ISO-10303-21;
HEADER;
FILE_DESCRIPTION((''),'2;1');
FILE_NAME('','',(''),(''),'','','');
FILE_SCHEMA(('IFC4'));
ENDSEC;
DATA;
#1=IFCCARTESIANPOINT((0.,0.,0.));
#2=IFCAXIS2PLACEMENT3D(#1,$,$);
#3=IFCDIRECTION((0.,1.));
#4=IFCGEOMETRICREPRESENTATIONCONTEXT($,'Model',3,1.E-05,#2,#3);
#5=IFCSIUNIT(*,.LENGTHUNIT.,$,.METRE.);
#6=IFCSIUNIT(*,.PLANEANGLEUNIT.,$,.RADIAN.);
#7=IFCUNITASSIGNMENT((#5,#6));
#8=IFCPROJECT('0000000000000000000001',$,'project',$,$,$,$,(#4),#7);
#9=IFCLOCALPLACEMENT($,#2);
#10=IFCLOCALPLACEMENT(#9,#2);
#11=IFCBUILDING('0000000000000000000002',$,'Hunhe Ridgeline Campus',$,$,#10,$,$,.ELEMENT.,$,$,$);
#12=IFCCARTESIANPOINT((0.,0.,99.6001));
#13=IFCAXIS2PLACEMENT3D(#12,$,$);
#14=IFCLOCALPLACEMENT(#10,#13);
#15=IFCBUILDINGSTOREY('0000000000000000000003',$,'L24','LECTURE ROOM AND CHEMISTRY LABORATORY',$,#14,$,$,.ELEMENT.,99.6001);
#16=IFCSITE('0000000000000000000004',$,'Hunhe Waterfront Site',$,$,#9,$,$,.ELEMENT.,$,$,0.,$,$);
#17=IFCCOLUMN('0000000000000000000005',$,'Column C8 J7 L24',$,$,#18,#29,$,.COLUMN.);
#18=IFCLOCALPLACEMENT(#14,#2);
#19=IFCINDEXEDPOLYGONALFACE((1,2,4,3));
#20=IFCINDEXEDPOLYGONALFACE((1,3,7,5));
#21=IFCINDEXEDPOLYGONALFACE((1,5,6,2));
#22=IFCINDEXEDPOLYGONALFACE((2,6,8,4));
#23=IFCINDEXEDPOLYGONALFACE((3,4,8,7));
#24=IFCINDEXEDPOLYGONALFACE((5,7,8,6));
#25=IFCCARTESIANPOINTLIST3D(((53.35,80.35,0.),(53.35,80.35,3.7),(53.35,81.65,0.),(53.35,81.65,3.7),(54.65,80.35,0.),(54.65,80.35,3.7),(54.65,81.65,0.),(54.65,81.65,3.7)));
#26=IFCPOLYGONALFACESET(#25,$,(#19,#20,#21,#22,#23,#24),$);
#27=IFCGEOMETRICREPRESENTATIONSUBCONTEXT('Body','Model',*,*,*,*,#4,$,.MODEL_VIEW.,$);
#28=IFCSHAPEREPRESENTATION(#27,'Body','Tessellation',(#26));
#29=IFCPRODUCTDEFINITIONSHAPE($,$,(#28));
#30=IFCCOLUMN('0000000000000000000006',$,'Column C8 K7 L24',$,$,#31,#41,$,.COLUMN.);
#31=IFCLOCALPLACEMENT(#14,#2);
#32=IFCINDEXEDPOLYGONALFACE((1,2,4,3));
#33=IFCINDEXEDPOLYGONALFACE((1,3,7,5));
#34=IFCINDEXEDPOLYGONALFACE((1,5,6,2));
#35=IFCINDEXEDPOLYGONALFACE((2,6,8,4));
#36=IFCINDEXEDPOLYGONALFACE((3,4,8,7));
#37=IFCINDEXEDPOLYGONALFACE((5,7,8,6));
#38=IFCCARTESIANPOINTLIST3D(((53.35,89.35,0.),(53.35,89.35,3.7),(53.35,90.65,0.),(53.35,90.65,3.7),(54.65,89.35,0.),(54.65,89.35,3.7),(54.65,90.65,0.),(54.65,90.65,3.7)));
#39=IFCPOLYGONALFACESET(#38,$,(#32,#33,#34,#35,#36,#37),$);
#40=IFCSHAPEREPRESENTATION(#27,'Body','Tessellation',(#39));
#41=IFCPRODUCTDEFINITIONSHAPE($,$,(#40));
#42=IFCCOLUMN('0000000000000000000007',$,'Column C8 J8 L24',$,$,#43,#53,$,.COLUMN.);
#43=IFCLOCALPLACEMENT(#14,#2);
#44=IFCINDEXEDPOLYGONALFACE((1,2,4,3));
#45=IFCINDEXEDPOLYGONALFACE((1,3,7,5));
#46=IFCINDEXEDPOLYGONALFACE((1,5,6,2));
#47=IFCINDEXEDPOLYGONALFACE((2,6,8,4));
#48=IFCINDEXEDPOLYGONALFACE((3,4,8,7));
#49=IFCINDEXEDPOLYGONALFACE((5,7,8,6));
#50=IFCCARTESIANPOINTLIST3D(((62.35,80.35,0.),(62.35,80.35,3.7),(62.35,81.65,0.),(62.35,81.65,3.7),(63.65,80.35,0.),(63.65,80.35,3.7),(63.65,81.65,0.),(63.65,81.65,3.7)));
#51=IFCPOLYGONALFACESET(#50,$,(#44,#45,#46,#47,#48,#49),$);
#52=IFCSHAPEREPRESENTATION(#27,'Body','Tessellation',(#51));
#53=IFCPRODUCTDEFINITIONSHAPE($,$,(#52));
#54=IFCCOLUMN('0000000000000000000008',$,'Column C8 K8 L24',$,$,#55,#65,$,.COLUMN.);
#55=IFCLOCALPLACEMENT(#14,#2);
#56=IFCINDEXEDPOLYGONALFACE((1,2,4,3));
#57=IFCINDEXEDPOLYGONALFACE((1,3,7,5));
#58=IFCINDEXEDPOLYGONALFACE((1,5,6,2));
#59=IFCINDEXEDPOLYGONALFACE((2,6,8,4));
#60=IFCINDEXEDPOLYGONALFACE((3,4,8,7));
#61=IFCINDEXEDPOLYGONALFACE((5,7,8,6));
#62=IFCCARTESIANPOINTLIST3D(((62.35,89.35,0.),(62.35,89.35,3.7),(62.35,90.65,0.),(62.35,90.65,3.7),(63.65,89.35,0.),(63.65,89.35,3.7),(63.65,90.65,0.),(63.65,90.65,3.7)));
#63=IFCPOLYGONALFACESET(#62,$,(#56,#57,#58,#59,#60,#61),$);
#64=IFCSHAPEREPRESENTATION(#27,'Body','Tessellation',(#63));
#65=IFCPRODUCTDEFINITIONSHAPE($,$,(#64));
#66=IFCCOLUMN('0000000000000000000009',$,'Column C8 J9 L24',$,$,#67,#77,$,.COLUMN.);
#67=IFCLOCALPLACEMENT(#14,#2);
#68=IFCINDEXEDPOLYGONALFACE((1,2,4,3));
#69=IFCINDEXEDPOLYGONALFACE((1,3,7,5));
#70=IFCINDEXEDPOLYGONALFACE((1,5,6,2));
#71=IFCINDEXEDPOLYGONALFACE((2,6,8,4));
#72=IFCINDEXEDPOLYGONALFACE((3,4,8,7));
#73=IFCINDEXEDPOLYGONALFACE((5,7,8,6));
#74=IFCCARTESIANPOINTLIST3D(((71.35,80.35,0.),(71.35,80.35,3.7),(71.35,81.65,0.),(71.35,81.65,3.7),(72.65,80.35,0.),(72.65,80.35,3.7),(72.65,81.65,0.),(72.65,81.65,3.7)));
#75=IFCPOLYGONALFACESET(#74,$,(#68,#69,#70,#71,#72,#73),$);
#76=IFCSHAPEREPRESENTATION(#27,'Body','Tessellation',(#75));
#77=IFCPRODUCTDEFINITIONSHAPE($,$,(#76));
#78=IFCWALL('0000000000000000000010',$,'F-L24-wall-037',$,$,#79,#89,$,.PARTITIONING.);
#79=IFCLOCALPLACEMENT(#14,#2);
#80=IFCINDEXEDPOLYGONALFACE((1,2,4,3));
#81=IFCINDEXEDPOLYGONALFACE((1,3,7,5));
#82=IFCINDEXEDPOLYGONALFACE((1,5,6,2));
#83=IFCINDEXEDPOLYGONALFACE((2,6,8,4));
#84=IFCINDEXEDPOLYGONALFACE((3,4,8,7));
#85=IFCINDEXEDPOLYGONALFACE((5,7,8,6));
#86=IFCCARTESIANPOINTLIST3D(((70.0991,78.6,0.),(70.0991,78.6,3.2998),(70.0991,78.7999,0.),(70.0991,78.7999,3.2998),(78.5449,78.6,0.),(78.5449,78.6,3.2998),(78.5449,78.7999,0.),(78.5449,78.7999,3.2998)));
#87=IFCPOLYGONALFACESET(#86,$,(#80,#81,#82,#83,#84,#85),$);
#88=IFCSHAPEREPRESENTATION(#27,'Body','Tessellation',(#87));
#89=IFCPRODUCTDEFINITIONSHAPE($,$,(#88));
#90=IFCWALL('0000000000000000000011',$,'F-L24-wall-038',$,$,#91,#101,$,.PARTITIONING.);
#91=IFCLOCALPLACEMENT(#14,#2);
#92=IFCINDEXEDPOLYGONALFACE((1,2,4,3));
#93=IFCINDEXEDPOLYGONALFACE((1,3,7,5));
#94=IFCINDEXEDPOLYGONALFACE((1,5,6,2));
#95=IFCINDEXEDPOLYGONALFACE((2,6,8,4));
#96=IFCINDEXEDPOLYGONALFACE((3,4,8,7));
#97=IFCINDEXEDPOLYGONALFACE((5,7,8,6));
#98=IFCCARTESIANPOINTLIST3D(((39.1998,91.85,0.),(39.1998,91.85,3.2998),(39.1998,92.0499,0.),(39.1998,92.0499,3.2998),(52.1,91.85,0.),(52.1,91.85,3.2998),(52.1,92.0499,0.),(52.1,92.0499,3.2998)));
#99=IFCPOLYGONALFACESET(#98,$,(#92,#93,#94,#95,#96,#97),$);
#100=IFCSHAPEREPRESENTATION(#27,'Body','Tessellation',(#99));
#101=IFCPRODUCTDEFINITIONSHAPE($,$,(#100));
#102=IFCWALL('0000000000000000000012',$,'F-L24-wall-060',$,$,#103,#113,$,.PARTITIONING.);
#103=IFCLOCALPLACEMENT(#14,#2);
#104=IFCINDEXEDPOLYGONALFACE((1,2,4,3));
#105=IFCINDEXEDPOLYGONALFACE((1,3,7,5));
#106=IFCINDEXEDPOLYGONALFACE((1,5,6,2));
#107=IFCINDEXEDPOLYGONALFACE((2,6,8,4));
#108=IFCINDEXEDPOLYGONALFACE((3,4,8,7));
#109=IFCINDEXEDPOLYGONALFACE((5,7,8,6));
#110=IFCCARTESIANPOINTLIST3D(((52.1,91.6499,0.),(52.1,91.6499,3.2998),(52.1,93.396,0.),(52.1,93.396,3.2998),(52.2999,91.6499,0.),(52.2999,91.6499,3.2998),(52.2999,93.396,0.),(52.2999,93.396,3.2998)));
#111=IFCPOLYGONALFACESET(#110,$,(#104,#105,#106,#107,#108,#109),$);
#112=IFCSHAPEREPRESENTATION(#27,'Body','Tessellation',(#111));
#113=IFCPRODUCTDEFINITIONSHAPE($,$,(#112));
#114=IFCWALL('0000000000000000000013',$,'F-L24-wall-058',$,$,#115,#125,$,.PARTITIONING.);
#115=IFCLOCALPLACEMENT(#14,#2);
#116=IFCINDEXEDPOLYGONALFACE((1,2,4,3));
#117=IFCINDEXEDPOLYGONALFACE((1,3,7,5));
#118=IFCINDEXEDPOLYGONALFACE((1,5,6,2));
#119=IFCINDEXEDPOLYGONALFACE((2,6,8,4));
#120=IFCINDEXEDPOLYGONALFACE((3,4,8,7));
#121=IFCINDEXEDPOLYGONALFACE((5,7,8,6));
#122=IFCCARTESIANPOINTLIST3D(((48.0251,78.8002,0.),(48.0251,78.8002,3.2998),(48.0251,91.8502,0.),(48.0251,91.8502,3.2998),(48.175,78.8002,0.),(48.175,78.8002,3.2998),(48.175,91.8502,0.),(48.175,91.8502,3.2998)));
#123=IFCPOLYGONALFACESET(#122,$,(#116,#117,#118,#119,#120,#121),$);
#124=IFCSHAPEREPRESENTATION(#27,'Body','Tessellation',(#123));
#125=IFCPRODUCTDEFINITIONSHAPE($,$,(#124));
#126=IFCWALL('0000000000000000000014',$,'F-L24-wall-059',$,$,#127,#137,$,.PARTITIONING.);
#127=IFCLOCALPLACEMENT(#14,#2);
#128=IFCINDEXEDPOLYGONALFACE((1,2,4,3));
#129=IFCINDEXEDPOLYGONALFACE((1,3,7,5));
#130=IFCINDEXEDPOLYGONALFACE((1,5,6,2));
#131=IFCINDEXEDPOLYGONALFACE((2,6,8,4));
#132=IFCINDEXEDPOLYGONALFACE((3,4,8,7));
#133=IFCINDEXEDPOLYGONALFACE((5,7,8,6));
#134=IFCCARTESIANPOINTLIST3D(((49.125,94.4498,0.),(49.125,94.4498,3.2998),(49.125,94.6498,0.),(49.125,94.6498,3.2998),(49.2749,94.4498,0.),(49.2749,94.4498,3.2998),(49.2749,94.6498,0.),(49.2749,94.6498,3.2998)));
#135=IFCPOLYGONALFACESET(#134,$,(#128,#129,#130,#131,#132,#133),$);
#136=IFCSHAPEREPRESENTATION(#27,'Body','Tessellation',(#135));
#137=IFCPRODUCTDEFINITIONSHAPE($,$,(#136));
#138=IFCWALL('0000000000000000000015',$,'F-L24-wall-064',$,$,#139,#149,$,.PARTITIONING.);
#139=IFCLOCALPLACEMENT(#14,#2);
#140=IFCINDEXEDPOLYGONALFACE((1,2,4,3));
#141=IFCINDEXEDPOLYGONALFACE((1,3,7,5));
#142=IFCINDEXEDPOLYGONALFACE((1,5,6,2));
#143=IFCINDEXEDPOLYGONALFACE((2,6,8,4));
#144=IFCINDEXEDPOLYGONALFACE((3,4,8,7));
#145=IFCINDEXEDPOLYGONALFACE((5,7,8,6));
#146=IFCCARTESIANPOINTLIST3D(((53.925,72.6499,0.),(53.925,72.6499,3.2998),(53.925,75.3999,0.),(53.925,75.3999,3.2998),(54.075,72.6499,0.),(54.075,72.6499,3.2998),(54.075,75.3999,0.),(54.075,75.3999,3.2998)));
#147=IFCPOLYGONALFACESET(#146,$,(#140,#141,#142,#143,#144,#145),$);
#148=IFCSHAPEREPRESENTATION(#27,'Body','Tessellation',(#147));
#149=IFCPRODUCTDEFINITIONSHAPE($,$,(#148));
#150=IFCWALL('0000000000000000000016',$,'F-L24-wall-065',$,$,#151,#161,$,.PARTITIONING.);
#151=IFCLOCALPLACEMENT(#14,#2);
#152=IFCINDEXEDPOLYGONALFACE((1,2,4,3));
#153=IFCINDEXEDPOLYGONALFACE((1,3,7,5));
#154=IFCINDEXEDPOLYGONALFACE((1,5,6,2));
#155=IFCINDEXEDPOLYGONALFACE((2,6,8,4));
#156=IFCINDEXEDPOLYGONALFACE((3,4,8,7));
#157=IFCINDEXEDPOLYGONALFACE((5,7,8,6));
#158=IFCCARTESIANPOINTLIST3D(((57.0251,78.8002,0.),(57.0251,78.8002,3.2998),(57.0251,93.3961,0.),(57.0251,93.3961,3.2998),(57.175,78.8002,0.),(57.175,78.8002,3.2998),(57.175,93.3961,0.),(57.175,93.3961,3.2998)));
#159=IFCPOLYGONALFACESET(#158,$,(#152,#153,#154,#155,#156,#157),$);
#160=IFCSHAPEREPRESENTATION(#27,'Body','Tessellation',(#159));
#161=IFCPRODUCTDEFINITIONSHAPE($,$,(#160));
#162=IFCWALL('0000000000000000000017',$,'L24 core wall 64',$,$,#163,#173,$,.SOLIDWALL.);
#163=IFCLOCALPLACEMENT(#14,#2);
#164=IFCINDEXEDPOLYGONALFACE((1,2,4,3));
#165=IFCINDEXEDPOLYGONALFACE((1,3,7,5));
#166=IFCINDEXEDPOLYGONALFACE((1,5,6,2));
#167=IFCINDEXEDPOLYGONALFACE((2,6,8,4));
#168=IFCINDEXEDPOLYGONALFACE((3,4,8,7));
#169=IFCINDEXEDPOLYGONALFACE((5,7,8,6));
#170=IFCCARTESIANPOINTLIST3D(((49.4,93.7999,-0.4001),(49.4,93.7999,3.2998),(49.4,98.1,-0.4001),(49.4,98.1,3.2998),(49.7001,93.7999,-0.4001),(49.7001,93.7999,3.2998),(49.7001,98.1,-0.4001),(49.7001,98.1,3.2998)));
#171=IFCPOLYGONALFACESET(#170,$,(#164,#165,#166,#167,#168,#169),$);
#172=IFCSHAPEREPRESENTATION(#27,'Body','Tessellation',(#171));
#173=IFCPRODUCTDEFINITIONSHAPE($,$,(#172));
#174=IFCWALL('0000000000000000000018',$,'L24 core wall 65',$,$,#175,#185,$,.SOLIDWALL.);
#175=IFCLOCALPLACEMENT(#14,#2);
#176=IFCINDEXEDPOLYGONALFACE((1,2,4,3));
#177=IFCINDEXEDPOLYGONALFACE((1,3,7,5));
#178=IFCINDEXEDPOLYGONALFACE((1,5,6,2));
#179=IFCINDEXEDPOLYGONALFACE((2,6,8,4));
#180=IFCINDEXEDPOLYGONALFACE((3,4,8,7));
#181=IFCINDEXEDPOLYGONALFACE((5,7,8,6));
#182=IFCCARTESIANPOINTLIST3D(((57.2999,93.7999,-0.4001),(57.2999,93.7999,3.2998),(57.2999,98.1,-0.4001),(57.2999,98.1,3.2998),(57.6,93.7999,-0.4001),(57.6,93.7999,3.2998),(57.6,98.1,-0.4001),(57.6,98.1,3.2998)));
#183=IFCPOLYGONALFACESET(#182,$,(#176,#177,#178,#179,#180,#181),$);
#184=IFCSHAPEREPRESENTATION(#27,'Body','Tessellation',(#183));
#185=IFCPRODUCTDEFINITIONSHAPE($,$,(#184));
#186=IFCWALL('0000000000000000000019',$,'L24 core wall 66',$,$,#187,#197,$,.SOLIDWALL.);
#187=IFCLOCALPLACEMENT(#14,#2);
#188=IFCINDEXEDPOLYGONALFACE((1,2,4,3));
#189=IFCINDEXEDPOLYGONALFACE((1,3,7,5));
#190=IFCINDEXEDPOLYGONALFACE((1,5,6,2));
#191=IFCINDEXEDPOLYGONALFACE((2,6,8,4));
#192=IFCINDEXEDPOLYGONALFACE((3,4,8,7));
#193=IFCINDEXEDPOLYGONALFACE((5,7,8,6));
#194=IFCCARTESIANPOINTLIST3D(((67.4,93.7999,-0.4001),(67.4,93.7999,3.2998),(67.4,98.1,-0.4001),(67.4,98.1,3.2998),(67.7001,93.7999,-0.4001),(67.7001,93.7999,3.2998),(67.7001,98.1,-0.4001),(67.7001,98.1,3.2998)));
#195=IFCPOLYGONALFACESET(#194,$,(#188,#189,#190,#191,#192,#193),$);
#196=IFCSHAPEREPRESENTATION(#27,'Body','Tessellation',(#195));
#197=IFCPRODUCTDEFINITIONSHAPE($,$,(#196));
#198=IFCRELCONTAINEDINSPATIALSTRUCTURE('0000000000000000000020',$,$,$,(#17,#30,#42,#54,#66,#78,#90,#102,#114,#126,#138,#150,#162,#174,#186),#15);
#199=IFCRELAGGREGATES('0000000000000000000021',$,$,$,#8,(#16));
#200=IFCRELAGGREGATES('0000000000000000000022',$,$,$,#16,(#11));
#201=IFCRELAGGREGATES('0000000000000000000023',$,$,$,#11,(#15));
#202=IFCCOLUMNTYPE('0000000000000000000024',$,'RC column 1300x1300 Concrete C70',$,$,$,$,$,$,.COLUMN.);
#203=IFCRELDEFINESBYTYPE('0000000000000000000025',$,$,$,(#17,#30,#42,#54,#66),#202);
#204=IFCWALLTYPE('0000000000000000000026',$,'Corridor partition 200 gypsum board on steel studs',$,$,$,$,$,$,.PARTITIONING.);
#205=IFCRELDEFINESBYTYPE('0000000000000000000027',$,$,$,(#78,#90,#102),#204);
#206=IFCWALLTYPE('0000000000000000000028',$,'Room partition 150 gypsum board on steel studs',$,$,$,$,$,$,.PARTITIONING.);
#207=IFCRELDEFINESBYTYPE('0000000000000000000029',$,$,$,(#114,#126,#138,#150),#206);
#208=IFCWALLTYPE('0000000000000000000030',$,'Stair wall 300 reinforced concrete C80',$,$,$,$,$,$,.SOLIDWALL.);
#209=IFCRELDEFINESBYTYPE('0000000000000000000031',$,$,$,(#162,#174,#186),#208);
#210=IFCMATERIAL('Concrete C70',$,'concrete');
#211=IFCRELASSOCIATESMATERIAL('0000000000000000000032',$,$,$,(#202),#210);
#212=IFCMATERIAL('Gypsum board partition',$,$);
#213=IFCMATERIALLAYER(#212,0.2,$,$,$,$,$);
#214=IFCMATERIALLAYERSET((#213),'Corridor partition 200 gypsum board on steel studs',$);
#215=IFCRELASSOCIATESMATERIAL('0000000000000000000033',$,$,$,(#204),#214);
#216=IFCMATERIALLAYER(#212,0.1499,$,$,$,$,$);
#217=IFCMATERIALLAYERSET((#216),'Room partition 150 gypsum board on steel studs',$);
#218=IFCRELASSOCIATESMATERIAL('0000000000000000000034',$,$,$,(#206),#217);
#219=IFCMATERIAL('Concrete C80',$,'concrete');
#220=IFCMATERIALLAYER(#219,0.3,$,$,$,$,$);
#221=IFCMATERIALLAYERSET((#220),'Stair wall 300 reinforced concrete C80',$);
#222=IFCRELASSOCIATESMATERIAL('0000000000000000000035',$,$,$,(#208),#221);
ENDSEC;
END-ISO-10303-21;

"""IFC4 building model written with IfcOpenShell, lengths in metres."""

from ifc_helpers import new_model, si_unit, direction, frame, frame_2d, origin, origin_2d, place, context, subcontext, project, spatial, rectangle, extrude, material, layer, layer_set, material_profile, profile_set, type_object, element, save


model = new_model("IFC4")

# Units and contexts
model_context = context("Model", 3, precision=1e-05, world=origin(), true_north=direction((0.0, 1.0)))
body_context = subcontext(model_context, "Body", "Model", "MODEL_VIEW")
ifc_project = project(units=[si_unit("LENGTHUNIT", "METRE"), si_unit("PLANEANGLEUNIT", "RADIAN")], contexts=[model_context])

# Site, building, storey
site_placement = place(None, origin())
site = spatial("IfcSite", under=ifc_project, at=site_placement, Name="Hunhe Waterfront Site", CompositionType="ELEMENT", RefElevation=0.0)
building_placement = place(site_placement, origin())
building = spatial("IfcBuilding", under=site, at=building_placement, Name="Hunhe Ridgeline Campus", CompositionType="ELEMENT")
storey_placement = place(building_placement, frame((0.0, 0.0, 99.6001)))
storey = spatial("IfcBuildingStorey", under=building, at=storey_placement, Name="L24", Description="LECTURE ROOM AND CHEMISTRY LABORATORY", CompositionType="ELEMENT", Elevation=99.6001)

# Columns
ifc_material_1 = material(Name="Concrete C70", Category="concrete")
ifc_material_profile = material_profile(ifc_material_1, rectangle(XDim=1.3, YDim=1.3, at=origin_2d()))
ifc_profile_set = profile_set([ifc_material_profile], Name="Concrete C70")
column_type = type_object("IfcColumnType", Name="RC column 1300x1300 Concrete C70", PredefinedType="COLUMN", material=ifc_profile_set)
for number, where, z_axis, x_axis, name in (
    (1, (54.0, 81.0, 0.0), (0.0, 0.0, 1.0), (1.0, 0.0, 0.0), "Column C8 J7 L24"),
    (2, (54.0, 90.0, 0.0), (0.0, 0.0, 1.0), (1.0, 0.0, 0.0), "Column C8 K7 L24"),
    (3, (63.0, 81.0, 0.0), (0.0, 0.0, 1.0), (1.0, 0.0, 0.0), "Column C8 J8 L24"),
    (4, (63.0, 90.0, 0.0), (0.0, 0.0, 1.0), (1.0, 0.0, 0.0), "Column C8 K8 L24"),
    (5, (72.0, 81.0, 0.0), (0.0, 0.0, 1.0), (1.0, 0.0, 0.0), "Column C8 J9 L24"),
):
    element("IfcColumn", number, at=place(storey_placement, frame(where, z_axis=z_axis, x_axis=x_axis)), inside=storey, type_object=column_type, Name=name, PredefinedType="COLUMN", context=body_context, shape_type="SweptSolid", body=[
        extrude(rectangle(XDim=1.3, YDim=1.3, at=origin_2d()), origin(), (0.0, 0.0, 1.0), 3.7),
    ])

# Walls
ifc_material_2 = material(Name="Gypsum board partition")
ifc_layer_1 = layer(ifc_material_2, 0.2)
ifc_layer_set_1 = layer_set([ifc_layer_1], Name="Corridor partition 200 gypsum board on steel studs")
wall_type_1 = type_object("IfcWallType", Name="Corridor partition 200 gypsum board on steel studs", PredefinedType="PARTITIONING", material=ifc_layer_set_1)
wall_1_placement = place(storey_placement, frame((70.0991, 78.7, 0.0), z_axis=(0.0, 0.0, 1.0), x_axis=(1.0, 0.0, 0.0)))
element("IfcWall", 6, at=wall_1_placement, inside=storey, type_object=wall_type_1, Name="F-L24-wall-037", PredefinedType="PARTITIONING", context=body_context, shape_type="SweptSolid", body=[
    extrude(rectangle(XDim=8.4458, YDim=0.2, at=frame_2d((4.2229, 0.0))), origin(), (0.0, 0.0, 1.0), 3.2998),
])
wall_2_placement = place(storey_placement, frame((52.1001, 91.95, 0.0), z_axis=(0.0, 0.0, 1.0), x_axis=(-1.0, 0.0, 0.0)))
element("IfcWall", 7, at=wall_2_placement, inside=storey, type_object=wall_type_1, Name="F-L24-wall-038", PredefinedType="PARTITIONING", context=body_context, shape_type="SweptSolid", body=[
    extrude(rectangle(XDim=12.9001, YDim=0.2, at=frame_2d((6.4502, 0.0))), origin(), (0.0, 0.0, 1.0), 3.2998),
])
wall_3_placement = place(storey_placement, frame((52.2, 93.396, 0.0), z_axis=(0.0, 0.0, 1.0), x_axis=(0.0, -1.0, 0.0)))
element("IfcWall", 8, at=wall_3_placement, inside=storey, type_object=wall_type_1, Name="F-L24-wall-060", PredefinedType="PARTITIONING", context=body_context, shape_type="SweptSolid", body=[
    extrude(rectangle(XDim=1.7461, YDim=0.2, at=frame_2d((0.873, 0.0))), origin(), (0.0, 0.0, 1.0), 3.2998),
])

# Walls
ifc_layer_2 = layer(ifc_material_2, 0.1499)
ifc_layer_set_2 = layer_set([ifc_layer_2], Name="Room partition 150 gypsum board on steel studs")
wall_type_2 = type_object("IfcWallType", Name="Room partition 150 gypsum board on steel studs", PredefinedType="PARTITIONING", material=ifc_layer_set_2)
wall_4_placement = place(storey_placement, frame((48.1001, 91.8501, 0.0), z_axis=(0.0, 0.0, 1.0), x_axis=(0.0, -1.0, 0.0)))
element("IfcWall", 9, at=wall_4_placement, inside=storey, type_object=wall_type_2, Name="F-L24-wall-058", PredefinedType="PARTITIONING", context=body_context, shape_type="SweptSolid", body=[
    extrude(rectangle(XDim=13.05, YDim=0.1499, at=frame_2d((6.5249, 0.0))), origin(), (0.0, 0.0, 1.0), 3.2998),
])
wall_5_placement = place(storey_placement, frame((49.2, 94.6499, 0.0), z_axis=(0.0, 0.0, 1.0), x_axis=(0.0, -1.0, 0.0)))
element("IfcWall", 10, at=wall_5_placement, inside=storey, type_object=wall_type_2, Name="F-L24-wall-059", PredefinedType="PARTITIONING", context=body_context, shape_type="SweptSolid", body=[
    extrude(rectangle(XDim=0.2, YDim=0.1499, at=frame_2d((0.1001, 0.0))), origin(), (0.0, 0.0, 1.0), 3.2998),
])
wall_6_placement = place(storey_placement, frame((54.0, 75.3999, 0.0), z_axis=(0.0, 0.0, 1.0), x_axis=(0.0, -1.0, 0.0)))
element("IfcWall", 11, at=wall_6_placement, inside=storey, type_object=wall_type_2, Name="F-L24-wall-064", PredefinedType="PARTITIONING", context=body_context, shape_type="SweptSolid", body=[
    extrude(rectangle(XDim=2.75, YDim=0.1499, at=frame_2d((1.375, 0.0))), origin(), (0.0, 0.0, 1.0), 3.2998),
])
wall_7_placement = place(storey_placement, frame((57.1001, 93.396, 0.0), z_axis=(0.0, 0.0, 1.0), x_axis=(0.0, -1.0, 0.0)))
element("IfcWall", 12, at=wall_7_placement, inside=storey, type_object=wall_type_2, Name="F-L24-wall-065", PredefinedType="PARTITIONING", context=body_context, shape_type="SweptSolid", body=[
    extrude(rectangle(XDim=14.5959, YDim=0.1499, at=frame_2d((7.2979, 0.0))), origin(), (0.0, 0.0, 1.0), 3.2998),
])

# Shared definitions
ifc_material_3 = material(Name="Concrete C80", Category="concrete")
ifc_layer_3 = layer(ifc_material_3, 0.3)
ifc_layer_set_3 = layer_set([ifc_layer_3], Name="Stair wall 300 reinforced concrete C80")
wall_type_3 = type_object("IfcWallType", Name="Stair wall 300 reinforced concrete C80", PredefinedType="SOLIDWALL", material=ifc_layer_set_3)

# Walls
for number, where, z_axis, x_axis, name in (
    (13, (49.55, 93.8, -0.4001), (0.0, 0.0, 1.0), (0.0, 1.0, 0.0), "L24 core wall 64"),
    (14, (57.45, 93.8, -0.4001), (0.0, 0.0, 1.0), (0.0, 1.0, 0.0), "L24 core wall 65"),
    (15, (67.55, 93.8, -0.4001), (0.0, 0.0, 1.0), (0.0, 1.0, 0.0), "L24 core wall 66"),
):
    element("IfcWall", number, at=place(storey_placement, frame(where, z_axis=z_axis, x_axis=x_axis)), inside=storey, type_object=wall_type_3, Name=name, PredefinedType="SOLIDWALL", context=body_context, shape_type="SweptSolid", body=[
        extrude(rectangle(XDim=4.3, YDim=0.3, at=frame_2d((2.1499, 0.0))), origin(), (0.0, 0.0, 1.0), 3.7),
    ])

save(model, "model.ifc")
